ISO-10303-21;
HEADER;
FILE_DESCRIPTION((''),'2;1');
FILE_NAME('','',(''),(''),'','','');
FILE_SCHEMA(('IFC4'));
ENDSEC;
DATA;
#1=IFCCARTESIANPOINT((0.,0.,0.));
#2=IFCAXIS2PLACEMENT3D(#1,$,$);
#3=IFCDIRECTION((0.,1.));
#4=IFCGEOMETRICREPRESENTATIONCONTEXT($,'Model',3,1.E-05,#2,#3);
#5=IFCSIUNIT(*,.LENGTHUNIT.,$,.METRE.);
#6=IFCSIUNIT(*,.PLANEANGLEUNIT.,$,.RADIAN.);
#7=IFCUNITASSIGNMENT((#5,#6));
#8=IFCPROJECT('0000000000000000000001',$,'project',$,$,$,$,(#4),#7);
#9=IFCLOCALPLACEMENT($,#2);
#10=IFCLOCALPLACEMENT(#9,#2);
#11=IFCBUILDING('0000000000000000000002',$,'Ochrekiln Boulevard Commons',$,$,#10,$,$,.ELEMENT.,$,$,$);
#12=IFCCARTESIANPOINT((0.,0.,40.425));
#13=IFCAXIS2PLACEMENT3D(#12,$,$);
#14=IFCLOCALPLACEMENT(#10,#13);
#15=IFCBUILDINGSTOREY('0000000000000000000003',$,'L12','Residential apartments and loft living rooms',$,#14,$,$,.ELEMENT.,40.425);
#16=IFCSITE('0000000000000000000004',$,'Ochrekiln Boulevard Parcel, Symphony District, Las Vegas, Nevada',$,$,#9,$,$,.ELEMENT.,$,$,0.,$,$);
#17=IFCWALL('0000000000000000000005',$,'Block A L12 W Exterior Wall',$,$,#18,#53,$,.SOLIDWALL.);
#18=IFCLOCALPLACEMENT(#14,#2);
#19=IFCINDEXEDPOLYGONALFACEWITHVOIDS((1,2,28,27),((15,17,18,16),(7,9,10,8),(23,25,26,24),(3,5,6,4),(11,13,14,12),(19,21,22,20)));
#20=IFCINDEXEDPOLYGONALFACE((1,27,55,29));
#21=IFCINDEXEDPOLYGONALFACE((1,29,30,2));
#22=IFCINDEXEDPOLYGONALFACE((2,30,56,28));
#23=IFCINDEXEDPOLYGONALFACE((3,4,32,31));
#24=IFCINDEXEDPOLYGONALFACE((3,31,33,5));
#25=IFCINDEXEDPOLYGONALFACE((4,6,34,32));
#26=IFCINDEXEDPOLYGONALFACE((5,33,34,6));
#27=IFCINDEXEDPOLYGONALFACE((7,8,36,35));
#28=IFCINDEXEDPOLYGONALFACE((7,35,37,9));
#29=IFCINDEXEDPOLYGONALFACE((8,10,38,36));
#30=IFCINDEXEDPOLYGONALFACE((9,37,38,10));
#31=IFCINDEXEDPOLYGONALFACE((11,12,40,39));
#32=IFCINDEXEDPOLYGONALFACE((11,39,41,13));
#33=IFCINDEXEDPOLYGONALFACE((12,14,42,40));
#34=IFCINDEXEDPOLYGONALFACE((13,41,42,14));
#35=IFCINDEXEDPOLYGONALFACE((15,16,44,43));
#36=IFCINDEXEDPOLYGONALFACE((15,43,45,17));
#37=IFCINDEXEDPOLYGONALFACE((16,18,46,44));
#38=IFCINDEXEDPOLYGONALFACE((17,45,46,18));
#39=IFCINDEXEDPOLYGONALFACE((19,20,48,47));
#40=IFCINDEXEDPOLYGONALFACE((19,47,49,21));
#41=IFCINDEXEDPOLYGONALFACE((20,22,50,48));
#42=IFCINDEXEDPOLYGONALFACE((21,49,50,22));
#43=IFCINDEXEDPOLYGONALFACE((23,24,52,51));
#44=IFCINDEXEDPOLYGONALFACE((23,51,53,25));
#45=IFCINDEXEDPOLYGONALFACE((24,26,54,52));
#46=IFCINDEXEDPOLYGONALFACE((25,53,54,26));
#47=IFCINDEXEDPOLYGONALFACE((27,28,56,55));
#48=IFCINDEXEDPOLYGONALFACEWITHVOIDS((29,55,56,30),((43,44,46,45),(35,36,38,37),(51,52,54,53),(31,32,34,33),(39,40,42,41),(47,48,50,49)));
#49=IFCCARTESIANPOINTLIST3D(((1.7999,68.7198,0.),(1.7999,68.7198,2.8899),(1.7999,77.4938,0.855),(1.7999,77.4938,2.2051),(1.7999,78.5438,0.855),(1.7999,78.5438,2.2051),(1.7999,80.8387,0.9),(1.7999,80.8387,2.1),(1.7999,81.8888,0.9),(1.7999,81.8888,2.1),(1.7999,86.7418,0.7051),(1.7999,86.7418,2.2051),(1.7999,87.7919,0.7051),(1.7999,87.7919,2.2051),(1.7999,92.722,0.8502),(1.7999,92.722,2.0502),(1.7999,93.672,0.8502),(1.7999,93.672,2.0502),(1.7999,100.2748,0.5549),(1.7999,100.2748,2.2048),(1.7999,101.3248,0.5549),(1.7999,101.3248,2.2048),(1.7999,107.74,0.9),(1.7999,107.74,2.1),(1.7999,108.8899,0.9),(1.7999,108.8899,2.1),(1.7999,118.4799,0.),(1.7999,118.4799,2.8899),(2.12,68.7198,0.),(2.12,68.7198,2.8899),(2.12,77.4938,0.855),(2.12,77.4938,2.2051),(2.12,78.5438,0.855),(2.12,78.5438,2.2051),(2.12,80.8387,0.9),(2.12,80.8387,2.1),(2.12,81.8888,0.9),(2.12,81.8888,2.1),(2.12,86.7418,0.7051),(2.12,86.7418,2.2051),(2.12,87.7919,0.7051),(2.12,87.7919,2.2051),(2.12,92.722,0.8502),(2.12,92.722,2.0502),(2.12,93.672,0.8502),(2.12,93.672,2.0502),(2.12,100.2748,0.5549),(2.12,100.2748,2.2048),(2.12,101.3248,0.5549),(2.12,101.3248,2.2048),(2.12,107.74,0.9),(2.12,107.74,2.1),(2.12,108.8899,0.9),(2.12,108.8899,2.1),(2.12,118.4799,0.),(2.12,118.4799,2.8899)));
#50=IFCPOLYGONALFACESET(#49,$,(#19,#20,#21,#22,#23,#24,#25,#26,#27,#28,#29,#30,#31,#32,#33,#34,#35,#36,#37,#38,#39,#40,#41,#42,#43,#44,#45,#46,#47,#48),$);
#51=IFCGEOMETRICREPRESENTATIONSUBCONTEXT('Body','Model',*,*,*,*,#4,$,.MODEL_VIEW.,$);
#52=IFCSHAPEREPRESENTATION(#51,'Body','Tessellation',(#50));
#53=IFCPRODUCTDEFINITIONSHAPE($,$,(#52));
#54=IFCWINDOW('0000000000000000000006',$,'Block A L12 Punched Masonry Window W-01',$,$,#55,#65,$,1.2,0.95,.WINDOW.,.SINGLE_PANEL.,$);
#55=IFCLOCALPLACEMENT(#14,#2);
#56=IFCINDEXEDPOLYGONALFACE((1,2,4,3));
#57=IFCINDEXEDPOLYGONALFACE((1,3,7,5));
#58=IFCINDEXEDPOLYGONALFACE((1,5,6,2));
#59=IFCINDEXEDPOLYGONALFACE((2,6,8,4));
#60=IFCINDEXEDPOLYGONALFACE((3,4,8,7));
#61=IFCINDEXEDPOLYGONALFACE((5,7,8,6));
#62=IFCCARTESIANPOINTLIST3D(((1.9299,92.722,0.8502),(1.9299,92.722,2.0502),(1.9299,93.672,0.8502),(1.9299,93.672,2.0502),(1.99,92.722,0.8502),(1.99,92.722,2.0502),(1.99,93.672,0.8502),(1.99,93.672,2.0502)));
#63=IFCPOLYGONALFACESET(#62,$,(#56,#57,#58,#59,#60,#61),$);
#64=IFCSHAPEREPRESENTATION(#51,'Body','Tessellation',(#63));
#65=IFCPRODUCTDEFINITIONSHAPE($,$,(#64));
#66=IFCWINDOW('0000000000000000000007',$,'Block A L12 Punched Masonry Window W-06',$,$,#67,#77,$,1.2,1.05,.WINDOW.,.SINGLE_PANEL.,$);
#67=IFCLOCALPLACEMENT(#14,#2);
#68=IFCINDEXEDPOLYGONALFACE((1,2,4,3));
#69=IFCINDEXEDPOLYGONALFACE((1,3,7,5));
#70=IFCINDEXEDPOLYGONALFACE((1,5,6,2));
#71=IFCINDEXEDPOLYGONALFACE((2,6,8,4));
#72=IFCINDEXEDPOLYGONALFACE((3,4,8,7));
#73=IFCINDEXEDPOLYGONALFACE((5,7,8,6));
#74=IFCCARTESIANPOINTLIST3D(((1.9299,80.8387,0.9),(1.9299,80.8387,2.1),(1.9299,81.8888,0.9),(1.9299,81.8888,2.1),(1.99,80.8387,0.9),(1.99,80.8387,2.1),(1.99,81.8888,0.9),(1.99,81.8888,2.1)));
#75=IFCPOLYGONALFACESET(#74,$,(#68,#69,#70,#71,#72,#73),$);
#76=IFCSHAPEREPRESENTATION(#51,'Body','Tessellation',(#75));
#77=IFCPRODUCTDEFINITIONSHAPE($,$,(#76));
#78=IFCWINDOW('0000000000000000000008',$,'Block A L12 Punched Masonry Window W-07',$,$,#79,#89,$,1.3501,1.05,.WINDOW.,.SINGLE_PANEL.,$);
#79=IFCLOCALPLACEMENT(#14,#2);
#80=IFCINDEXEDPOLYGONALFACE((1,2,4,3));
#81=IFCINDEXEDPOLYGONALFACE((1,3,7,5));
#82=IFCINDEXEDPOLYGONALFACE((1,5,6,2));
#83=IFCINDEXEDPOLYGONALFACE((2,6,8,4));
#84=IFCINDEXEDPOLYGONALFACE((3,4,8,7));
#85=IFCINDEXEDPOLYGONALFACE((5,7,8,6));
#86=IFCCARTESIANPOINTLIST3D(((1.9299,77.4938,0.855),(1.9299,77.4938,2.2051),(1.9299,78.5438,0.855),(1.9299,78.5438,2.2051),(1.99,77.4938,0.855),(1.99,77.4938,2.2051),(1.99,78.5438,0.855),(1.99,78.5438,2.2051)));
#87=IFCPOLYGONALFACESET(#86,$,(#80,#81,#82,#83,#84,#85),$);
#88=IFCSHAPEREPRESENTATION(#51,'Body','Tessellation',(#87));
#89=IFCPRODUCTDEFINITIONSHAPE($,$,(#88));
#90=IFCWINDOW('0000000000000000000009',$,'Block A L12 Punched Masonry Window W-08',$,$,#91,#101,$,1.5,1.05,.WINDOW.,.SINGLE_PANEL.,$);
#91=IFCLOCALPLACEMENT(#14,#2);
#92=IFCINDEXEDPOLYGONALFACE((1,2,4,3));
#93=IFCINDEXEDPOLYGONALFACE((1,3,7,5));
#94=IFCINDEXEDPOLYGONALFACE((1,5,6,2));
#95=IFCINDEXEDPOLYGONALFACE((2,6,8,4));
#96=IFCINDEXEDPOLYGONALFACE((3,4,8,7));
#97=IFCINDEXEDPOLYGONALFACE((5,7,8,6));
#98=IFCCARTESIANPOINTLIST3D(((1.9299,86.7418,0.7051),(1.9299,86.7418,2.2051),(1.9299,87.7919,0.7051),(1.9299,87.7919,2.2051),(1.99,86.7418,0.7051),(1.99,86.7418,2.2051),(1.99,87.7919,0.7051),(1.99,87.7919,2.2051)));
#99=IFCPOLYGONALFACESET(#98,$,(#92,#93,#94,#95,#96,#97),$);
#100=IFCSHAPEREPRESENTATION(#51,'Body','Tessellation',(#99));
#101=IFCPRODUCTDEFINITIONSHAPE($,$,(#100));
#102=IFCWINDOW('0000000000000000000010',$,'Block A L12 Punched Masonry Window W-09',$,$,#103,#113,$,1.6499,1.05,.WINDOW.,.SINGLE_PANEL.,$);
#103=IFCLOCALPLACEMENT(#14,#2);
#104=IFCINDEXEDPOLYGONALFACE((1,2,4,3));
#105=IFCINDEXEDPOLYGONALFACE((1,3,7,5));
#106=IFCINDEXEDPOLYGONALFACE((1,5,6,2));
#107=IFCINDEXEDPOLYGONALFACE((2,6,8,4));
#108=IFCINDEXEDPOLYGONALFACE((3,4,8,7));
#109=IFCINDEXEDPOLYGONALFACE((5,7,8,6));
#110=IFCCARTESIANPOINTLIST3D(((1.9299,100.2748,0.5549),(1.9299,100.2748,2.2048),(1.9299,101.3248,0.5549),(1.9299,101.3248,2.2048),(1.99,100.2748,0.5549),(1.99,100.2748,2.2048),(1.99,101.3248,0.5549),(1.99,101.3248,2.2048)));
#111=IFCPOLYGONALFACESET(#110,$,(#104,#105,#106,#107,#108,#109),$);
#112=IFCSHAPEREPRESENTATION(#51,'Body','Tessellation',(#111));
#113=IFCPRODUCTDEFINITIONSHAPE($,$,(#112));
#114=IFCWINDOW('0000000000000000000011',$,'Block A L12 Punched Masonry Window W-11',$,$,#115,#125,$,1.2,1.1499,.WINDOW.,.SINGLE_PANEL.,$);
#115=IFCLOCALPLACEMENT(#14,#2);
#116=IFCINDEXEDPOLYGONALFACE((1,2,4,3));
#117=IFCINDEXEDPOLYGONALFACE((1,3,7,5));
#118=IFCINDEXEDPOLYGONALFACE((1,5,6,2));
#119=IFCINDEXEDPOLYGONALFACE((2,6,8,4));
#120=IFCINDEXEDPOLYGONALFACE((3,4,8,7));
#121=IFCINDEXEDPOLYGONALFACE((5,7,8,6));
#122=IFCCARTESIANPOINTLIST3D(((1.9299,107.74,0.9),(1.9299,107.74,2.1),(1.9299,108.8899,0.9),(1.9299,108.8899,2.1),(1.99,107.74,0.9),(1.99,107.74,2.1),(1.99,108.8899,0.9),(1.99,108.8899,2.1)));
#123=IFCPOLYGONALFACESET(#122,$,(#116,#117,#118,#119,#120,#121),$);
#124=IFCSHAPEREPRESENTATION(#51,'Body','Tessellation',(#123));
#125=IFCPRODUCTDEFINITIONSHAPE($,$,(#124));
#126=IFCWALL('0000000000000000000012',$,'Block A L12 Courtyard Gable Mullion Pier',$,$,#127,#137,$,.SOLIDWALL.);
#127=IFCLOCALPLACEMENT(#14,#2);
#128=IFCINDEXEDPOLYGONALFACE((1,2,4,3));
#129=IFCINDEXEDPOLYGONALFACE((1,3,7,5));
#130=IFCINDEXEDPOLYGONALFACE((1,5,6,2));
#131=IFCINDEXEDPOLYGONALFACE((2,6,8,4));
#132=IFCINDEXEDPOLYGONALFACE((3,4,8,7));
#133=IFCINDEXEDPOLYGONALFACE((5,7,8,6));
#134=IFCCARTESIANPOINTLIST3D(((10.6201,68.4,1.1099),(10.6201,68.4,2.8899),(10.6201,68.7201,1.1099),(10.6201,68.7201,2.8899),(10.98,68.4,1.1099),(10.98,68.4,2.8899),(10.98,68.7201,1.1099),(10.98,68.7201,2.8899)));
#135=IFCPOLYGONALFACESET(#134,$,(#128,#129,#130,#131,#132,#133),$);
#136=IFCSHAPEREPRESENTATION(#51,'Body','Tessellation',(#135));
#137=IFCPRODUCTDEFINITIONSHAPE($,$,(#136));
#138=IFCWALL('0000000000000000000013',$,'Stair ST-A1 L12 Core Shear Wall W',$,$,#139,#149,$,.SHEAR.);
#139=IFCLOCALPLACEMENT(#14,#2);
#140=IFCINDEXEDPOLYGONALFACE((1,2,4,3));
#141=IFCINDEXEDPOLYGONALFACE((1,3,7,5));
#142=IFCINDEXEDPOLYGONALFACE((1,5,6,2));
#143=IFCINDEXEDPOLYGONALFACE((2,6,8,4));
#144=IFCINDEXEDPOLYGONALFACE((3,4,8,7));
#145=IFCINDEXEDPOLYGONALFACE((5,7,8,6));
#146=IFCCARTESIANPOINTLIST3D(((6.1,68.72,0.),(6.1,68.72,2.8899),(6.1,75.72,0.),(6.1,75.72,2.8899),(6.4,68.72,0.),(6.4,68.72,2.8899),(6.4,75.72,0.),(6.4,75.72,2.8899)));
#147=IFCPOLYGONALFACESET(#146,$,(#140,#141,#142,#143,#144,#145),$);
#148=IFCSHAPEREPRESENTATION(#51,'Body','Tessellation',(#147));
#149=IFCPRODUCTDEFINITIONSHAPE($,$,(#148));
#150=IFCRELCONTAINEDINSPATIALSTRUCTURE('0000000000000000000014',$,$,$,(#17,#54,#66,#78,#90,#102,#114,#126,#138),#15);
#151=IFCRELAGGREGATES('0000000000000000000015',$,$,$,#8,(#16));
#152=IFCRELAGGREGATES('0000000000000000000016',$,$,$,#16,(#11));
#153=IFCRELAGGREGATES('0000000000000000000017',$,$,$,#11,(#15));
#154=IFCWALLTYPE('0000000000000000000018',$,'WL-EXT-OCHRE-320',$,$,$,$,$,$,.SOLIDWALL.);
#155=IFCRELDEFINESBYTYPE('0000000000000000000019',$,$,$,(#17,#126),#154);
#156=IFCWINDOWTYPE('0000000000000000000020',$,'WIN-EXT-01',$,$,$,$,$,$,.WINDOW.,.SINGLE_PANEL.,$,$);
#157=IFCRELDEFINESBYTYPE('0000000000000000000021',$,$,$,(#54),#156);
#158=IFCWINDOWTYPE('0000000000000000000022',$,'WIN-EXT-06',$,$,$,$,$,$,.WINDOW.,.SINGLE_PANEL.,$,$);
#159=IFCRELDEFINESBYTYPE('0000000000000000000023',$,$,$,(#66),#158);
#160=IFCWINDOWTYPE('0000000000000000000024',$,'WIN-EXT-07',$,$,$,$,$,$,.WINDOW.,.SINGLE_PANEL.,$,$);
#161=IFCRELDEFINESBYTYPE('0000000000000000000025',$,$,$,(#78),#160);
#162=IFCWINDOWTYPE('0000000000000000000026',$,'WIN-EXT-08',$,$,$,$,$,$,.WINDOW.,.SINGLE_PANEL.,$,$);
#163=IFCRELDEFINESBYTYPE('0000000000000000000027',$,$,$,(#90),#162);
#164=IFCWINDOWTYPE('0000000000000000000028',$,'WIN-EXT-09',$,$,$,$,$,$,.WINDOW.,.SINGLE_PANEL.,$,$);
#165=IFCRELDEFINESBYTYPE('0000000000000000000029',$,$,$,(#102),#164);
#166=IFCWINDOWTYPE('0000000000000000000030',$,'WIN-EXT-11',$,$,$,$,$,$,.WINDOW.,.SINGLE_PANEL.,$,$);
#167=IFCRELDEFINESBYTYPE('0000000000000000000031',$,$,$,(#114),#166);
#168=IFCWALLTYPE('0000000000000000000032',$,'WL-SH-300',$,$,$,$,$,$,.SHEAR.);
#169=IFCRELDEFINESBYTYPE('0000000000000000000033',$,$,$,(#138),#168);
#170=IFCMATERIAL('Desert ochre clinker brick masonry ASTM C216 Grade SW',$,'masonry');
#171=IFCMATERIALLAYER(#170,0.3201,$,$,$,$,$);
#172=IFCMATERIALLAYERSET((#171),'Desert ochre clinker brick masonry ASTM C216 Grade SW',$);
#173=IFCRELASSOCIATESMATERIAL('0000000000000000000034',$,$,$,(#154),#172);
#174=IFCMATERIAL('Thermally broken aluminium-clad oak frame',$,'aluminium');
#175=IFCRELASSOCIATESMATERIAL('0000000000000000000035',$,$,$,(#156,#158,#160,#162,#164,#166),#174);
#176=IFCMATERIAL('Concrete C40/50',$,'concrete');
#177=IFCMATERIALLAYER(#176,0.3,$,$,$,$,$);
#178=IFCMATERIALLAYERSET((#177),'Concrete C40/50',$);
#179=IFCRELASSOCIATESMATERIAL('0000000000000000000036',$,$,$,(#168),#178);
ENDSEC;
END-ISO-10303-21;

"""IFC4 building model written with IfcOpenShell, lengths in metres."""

from ifc_helpers import new_model, si_unit, direction, frame, frame_2d, origin, place, context, subcontext, project, spatial, rectangle, extrude, material, layer, layer_set, type_object, element, fill, save


model = new_model("IFC4")

# Units and contexts
model_context = context("Model", 3, precision=1e-05, world=origin(), true_north=direction((0.0, 1.0)))
body_context = subcontext(model_context, "Body", "Model", "MODEL_VIEW")
ifc_project = project(units=[si_unit("LENGTHUNIT", "METRE"), si_unit("PLANEANGLEUNIT", "RADIAN")], contexts=[model_context])

# Site, building, storey
site_placement = place(None, origin())
site = spatial("IfcSite", under=ifc_project, at=site_placement, Name="Ochrekiln Boulevard Parcel, Symphony District, Las Vegas, Nevada", CompositionType="ELEMENT", RefElevation=0.0)
building_placement = place(site_placement, origin())
building = spatial("IfcBuilding", under=site, at=building_placement, Name="Ochrekiln Boulevard Commons", CompositionType="ELEMENT")
storey_placement = place(building_placement, frame((0.0, 0.0, 40.425)))
storey = spatial("IfcBuildingStorey", under=building, at=storey_placement, Name="L12", Description="Residential apartments and loft living rooms", CompositionType="ELEMENT", Elevation=40.425)

# Shared definitions
ifc_material_1 = material(Name="Concrete C40/50", Category="concrete")

# Wall, openings, windows
ifc_material_2 = material(Name="Desert ochre clinker brick masonry ASTM C216 Grade SW", Category="masonry")
ifc_layer_1 = layer(ifc_material_2, 0.3201)
ifc_layer_set_1 = layer_set([ifc_layer_1], Name="Desert ochre clinker brick masonry ASTM C216 Grade SW")
wall_type_1 = type_object("IfcWallType", Name="WL-EXT-OCHRE-320", PredefinedType="SOLIDWALL", material=ifc_layer_set_1)
wall_1_placement = place(storey_placement, frame((1.96, 68.72, 0.0), z_axis=(0.0, 0.0, 1.0), x_axis=(0.0, 1.0, 0.0)))
wall_1 = element("IfcWall", 1, at=wall_1_placement, inside=storey, type_object=wall_type_1, Name="Block A L12 W Exterior Wall", PredefinedType="SOLIDWALL", context=body_context, shape_type="SweptSolid", body=[
    extrude(rectangle(XDim=49.76, YDim=0.3201, at=frame_2d((24.8799, 0.0))), origin(), (0.0, 0.0, 1.0), 2.8899),
])
opening_1_placement = place(wall_1_placement, frame((12.1189, 0.0, 0.8999)))
opening_1 = element("IfcOpeningElement", 2, at=opening_1_placement, cuts=wall_1, PredefinedType="OPENING", context=body_context, shape_type="SweptSolid", body=[
    extrude(rectangle(XDim=1.05, YDim=1.2, at=frame_2d((0.5249, 0.6001))), frame((0.0, 0.1699, 0.0), z_axis=(0.0, -1.0, 0.0), x_axis=(1.0, 0.0, 0.0)), (0.0, 0.0, 1.0), 0.3401),
])
opening_2_placement = place(wall_1_placement, frame((8.7739, 0.0, 0.855)))
opening_2 = element("IfcOpeningElement", 3, at=opening_2_placement, cuts=wall_1, PredefinedType="OPENING", context=body_context, shape_type="SweptSolid", body=[
    extrude(rectangle(XDim=1.05, YDim=1.3501, at=frame_2d((0.5249, 0.675))), frame((0.0, 0.1699, 0.0), z_axis=(0.0, -1.0, 0.0), x_axis=(1.0, 0.0, 0.0)), (0.0, 0.0, 1.0), 0.3401),
])
opening_3_placement = place(wall_1_placement, frame((18.022, 0.0, 0.7051)))
opening_3 = element("IfcOpeningElement", 4, at=opening_3_placement, cuts=wall_1, PredefinedType="OPENING", context=body_context, shape_type="SweptSolid", body=[
    extrude(rectangle(XDim=1.05, YDim=1.5, at=frame_2d((0.5249, 0.75))), frame((0.0, 0.1699, 0.0), z_axis=(0.0, -1.0, 0.0), x_axis=(1.0, 0.0, 0.0)), (0.0, 0.0, 1.0), 0.3401),
])
opening_4_placement = place(wall_1_placement, frame((31.5549, 0.0, 0.5549)))
opening_4 = element("IfcOpeningElement", 5, at=opening_4_placement, cuts=wall_1, PredefinedType="OPENING", context=body_context, shape_type="SweptSolid", body=[
    extrude(rectangle(XDim=1.05, YDim=1.6499, at=frame_2d((0.5249, 0.825))), frame((0.0, 0.1699, 0.0), z_axis=(0.0, -1.0, 0.0), x_axis=(1.0, 0.0, 0.0)), (0.0, 0.0, 1.0), 0.3401),
])
opening_5_placement = place(wall_1_placement, frame((24.002, 0.0, 0.8501)))
opening_5 = element("IfcOpeningElement", 6, at=opening_5_placement, cuts=wall_1, PredefinedType="OPENING", context=body_context, shape_type="SweptSolid", body=[
    extrude(rectangle(XDim=0.95, YDim=1.2, at=frame_2d((0.4751, 0.6001))), frame((0.0, 0.1699, 0.0), z_axis=(0.0, -1.0, 0.0), x_axis=(1.0, 0.0, 0.0)), (0.0, 0.0, 1.0), 0.3401),
])
opening_6_placement = place(wall_1_placement, frame((39.02, 0.0, 0.8999)))
opening_6 = element("IfcOpeningElement", 7, at=opening_6_placement, cuts=wall_1, PredefinedType="OPENING", context=body_context, shape_type="SweptSolid", body=[
    extrude(rectangle(XDim=1.1499, YDim=1.2, at=frame_2d((0.575, 0.6001))), frame((0.0, 0.1699, 0.0), z_axis=(0.0, -1.0, 0.0), x_axis=(1.0, 0.0, 0.0)), (0.0, 0.0, 1.0), 0.3401),
])
ifc_material_3 = material(Name="Thermally broken aluminium-clad oak frame", Category="aluminium")
window_type_1 = type_object("IfcWindowType", Name="WIN-EXT-01", PartitioningType="SINGLE_PANEL", PredefinedType="WINDOW", material=ifc_material_3)
window_1_placement = place(opening_5_placement, origin())
window_1 = element("IfcWindow", 8, at=window_1_placement, inside=storey, type_object=window_type_1, Name="Block A L12 Punched Masonry Window W-01", OverallHeight=1.2, OverallWidth=0.95, PartitioningType="SINGLE_PANEL", PredefinedType="WINDOW", context=body_context, shape_type="SweptSolid", body=[
    extrude(rectangle(XDim=0.95, YDim=1.2, at=frame_2d((0.4751, 0.6001))), frame((0.0, 0.03, 0.0), z_axis=(0.0, -1.0, 0.0), x_axis=(1.0, 0.0, 0.0)), (0.0, 0.0, 1.0), 0.0601),
])
fill(opening_5, window_1)
window_type_2 = type_object("IfcWindowType", Name="WIN-EXT-06", PartitioningType="SINGLE_PANEL", PredefinedType="WINDOW", material=ifc_material_3)
window_2_placement = place(opening_1_placement, origin())
window_2 = element("IfcWindow", 9, at=window_2_placement, inside=storey, type_object=window_type_2, Name="Block A L12 Punched Masonry Window W-06", OverallHeight=1.2, OverallWidth=1.05, PartitioningType="SINGLE_PANEL", PredefinedType="WINDOW", context=body_context, shape_type="SweptSolid", body=[
    extrude(rectangle(XDim=1.05, YDim=1.2, at=frame_2d((0.5249, 0.6001))), frame((0.0, 0.03, 0.0), z_axis=(0.0, -1.0, 0.0), x_axis=(1.0, 0.0, 0.0)), (0.0, 0.0, 1.0), 0.0601),
])
fill(opening_1, window_2)
window_type_3 = type_object("IfcWindowType", Name="WIN-EXT-07", PartitioningType="SINGLE_PANEL", PredefinedType="WINDOW", material=ifc_material_3)
window_3_placement = place(opening_2_placement, origin())
window_3 = element("IfcWindow", 10, at=window_3_placement, inside=storey, type_object=window_type_3, Name="Block A L12 Punched Masonry Window W-07", OverallHeight=1.3501, OverallWidth=1.05, PartitioningType="SINGLE_PANEL", PredefinedType="WINDOW", context=body_context, shape_type="SweptSolid", body=[
    extrude(rectangle(XDim=1.05, YDim=1.3501, at=frame_2d((0.5249, 0.675))), frame((0.0, 0.03, 0.0), z_axis=(0.0, -1.0, 0.0), x_axis=(1.0, 0.0, 0.0)), (0.0, 0.0, 1.0), 0.0601),
])
fill(opening_2, window_3)
window_type_4 = type_object("IfcWindowType", Name="WIN-EXT-08", PartitioningType="SINGLE_PANEL", PredefinedType="WINDOW", material=ifc_material_3)
window_4_placement = place(opening_3_placement, origin())
window_4 = element("IfcWindow", 11, at=window_4_placement, inside=storey, type_object=window_type_4, Name="Block A L12 Punched Masonry Window W-08", OverallHeight=1.5, OverallWidth=1.05, PartitioningType="SINGLE_PANEL", PredefinedType="WINDOW", context=body_context, shape_type="SweptSolid", body=[
    extrude(rectangle(XDim=1.05, YDim=1.5, at=frame_2d((0.5249, 0.75))), frame((0.0, 0.03, 0.0), z_axis=(0.0, -1.0, 0.0), x_axis=(1.0, 0.0, 0.0)), (0.0, 0.0, 1.0), 0.0601),
])
fill(opening_3, window_4)
window_type_5 = type_object("IfcWindowType", Name="WIN-EXT-09", PartitioningType="SINGLE_PANEL", PredefinedType="WINDOW", material=ifc_material_3)
window_5_placement = place(opening_4_placement, origin())
window_5 = element("IfcWindow", 12, at=window_5_placement, inside=storey, type_object=window_type_5, Name="Block A L12 Punched Masonry Window W-09", OverallHeight=1.6499, OverallWidth=1.05, PartitioningType="SINGLE_PANEL", PredefinedType="WINDOW", context=body_context, shape_type="SweptSolid", body=[
    extrude(rectangle(XDim=1.05, YDim=1.6499, at=frame_2d((0.5249, 0.825))), frame((0.0, 0.03, 0.0), z_axis=(0.0, -1.0, 0.0), x_axis=(1.0, 0.0, 0.0)), (0.0, 0.0, 1.0), 0.0601),
])
fill(opening_4, window_5)
window_type_6 = type_object("IfcWindowType", Name="WIN-EXT-11", PartitioningType="SINGLE_PANEL", PredefinedType="WINDOW", material=ifc_material_3)
window_6_placement = place(opening_6_placement, origin())
window_6 = element("IfcWindow", 13, at=window_6_placement, inside=storey, type_object=window_type_6, Name="Block A L12 Punched Masonry Window W-11", OverallHeight=1.2, OverallWidth=1.1499, PartitioningType="SINGLE_PANEL", PredefinedType="WINDOW", context=body_context, shape_type="SweptSolid", body=[
    extrude(rectangle(XDim=1.1499, YDim=1.2, at=frame_2d((0.575, 0.6001))), frame((0.0, 0.03, 0.0), z_axis=(0.0, -1.0, 0.0), x_axis=(1.0, 0.0, 0.0)), (0.0, 0.0, 1.0), 0.0601),
])
fill(opening_6, window_6)

# Walls
wall_2_placement = place(storey_placement, frame((10.6201, 68.5601, 1.1099), z_axis=(0.0, 0.0, 1.0), x_axis=(1.0, 0.0, 0.0)))
element("IfcWall", 14, at=wall_2_placement, inside=storey, type_object=wall_type_1, Name="Block A L12 Courtyard Gable Mullion Pier", PredefinedType="SOLIDWALL", context=body_context, shape_type="SweptSolid", body=[
    extrude(rectangle(XDim=0.3599, YDim=0.3201, at=frame_2d((0.1799, 0.0))), origin(), (0.0, 0.0, 1.0), 1.78),
])
ifc_layer_2 = layer(ifc_material_1, 0.3)
ifc_layer_set_2 = layer_set([ifc_layer_2], Name="Concrete C40/50")
wall_type_2 = type_object("IfcWallType", Name="WL-SH-300", PredefinedType="SHEAR", material=ifc_layer_set_2)
wall_3_placement = place(storey_placement, frame((6.25, 68.72, 0.0), z_axis=(0.0, 0.0, 1.0), x_axis=(0.0, 1.0, 0.0)))
element("IfcWall", 15, at=wall_3_placement, inside=storey, type_object=wall_type_2, Name="Stair ST-A1 L12 Core Shear Wall W", PredefinedType="SHEAR", context=body_context, shape_type="SweptSolid", body=[
    extrude(rectangle(XDim=7.0, YDim=0.3, at=frame_2d((3.5, 0.0))), origin(), (0.0, 0.0, 1.0), 2.8899),
])

save(model, "model.ifc")
